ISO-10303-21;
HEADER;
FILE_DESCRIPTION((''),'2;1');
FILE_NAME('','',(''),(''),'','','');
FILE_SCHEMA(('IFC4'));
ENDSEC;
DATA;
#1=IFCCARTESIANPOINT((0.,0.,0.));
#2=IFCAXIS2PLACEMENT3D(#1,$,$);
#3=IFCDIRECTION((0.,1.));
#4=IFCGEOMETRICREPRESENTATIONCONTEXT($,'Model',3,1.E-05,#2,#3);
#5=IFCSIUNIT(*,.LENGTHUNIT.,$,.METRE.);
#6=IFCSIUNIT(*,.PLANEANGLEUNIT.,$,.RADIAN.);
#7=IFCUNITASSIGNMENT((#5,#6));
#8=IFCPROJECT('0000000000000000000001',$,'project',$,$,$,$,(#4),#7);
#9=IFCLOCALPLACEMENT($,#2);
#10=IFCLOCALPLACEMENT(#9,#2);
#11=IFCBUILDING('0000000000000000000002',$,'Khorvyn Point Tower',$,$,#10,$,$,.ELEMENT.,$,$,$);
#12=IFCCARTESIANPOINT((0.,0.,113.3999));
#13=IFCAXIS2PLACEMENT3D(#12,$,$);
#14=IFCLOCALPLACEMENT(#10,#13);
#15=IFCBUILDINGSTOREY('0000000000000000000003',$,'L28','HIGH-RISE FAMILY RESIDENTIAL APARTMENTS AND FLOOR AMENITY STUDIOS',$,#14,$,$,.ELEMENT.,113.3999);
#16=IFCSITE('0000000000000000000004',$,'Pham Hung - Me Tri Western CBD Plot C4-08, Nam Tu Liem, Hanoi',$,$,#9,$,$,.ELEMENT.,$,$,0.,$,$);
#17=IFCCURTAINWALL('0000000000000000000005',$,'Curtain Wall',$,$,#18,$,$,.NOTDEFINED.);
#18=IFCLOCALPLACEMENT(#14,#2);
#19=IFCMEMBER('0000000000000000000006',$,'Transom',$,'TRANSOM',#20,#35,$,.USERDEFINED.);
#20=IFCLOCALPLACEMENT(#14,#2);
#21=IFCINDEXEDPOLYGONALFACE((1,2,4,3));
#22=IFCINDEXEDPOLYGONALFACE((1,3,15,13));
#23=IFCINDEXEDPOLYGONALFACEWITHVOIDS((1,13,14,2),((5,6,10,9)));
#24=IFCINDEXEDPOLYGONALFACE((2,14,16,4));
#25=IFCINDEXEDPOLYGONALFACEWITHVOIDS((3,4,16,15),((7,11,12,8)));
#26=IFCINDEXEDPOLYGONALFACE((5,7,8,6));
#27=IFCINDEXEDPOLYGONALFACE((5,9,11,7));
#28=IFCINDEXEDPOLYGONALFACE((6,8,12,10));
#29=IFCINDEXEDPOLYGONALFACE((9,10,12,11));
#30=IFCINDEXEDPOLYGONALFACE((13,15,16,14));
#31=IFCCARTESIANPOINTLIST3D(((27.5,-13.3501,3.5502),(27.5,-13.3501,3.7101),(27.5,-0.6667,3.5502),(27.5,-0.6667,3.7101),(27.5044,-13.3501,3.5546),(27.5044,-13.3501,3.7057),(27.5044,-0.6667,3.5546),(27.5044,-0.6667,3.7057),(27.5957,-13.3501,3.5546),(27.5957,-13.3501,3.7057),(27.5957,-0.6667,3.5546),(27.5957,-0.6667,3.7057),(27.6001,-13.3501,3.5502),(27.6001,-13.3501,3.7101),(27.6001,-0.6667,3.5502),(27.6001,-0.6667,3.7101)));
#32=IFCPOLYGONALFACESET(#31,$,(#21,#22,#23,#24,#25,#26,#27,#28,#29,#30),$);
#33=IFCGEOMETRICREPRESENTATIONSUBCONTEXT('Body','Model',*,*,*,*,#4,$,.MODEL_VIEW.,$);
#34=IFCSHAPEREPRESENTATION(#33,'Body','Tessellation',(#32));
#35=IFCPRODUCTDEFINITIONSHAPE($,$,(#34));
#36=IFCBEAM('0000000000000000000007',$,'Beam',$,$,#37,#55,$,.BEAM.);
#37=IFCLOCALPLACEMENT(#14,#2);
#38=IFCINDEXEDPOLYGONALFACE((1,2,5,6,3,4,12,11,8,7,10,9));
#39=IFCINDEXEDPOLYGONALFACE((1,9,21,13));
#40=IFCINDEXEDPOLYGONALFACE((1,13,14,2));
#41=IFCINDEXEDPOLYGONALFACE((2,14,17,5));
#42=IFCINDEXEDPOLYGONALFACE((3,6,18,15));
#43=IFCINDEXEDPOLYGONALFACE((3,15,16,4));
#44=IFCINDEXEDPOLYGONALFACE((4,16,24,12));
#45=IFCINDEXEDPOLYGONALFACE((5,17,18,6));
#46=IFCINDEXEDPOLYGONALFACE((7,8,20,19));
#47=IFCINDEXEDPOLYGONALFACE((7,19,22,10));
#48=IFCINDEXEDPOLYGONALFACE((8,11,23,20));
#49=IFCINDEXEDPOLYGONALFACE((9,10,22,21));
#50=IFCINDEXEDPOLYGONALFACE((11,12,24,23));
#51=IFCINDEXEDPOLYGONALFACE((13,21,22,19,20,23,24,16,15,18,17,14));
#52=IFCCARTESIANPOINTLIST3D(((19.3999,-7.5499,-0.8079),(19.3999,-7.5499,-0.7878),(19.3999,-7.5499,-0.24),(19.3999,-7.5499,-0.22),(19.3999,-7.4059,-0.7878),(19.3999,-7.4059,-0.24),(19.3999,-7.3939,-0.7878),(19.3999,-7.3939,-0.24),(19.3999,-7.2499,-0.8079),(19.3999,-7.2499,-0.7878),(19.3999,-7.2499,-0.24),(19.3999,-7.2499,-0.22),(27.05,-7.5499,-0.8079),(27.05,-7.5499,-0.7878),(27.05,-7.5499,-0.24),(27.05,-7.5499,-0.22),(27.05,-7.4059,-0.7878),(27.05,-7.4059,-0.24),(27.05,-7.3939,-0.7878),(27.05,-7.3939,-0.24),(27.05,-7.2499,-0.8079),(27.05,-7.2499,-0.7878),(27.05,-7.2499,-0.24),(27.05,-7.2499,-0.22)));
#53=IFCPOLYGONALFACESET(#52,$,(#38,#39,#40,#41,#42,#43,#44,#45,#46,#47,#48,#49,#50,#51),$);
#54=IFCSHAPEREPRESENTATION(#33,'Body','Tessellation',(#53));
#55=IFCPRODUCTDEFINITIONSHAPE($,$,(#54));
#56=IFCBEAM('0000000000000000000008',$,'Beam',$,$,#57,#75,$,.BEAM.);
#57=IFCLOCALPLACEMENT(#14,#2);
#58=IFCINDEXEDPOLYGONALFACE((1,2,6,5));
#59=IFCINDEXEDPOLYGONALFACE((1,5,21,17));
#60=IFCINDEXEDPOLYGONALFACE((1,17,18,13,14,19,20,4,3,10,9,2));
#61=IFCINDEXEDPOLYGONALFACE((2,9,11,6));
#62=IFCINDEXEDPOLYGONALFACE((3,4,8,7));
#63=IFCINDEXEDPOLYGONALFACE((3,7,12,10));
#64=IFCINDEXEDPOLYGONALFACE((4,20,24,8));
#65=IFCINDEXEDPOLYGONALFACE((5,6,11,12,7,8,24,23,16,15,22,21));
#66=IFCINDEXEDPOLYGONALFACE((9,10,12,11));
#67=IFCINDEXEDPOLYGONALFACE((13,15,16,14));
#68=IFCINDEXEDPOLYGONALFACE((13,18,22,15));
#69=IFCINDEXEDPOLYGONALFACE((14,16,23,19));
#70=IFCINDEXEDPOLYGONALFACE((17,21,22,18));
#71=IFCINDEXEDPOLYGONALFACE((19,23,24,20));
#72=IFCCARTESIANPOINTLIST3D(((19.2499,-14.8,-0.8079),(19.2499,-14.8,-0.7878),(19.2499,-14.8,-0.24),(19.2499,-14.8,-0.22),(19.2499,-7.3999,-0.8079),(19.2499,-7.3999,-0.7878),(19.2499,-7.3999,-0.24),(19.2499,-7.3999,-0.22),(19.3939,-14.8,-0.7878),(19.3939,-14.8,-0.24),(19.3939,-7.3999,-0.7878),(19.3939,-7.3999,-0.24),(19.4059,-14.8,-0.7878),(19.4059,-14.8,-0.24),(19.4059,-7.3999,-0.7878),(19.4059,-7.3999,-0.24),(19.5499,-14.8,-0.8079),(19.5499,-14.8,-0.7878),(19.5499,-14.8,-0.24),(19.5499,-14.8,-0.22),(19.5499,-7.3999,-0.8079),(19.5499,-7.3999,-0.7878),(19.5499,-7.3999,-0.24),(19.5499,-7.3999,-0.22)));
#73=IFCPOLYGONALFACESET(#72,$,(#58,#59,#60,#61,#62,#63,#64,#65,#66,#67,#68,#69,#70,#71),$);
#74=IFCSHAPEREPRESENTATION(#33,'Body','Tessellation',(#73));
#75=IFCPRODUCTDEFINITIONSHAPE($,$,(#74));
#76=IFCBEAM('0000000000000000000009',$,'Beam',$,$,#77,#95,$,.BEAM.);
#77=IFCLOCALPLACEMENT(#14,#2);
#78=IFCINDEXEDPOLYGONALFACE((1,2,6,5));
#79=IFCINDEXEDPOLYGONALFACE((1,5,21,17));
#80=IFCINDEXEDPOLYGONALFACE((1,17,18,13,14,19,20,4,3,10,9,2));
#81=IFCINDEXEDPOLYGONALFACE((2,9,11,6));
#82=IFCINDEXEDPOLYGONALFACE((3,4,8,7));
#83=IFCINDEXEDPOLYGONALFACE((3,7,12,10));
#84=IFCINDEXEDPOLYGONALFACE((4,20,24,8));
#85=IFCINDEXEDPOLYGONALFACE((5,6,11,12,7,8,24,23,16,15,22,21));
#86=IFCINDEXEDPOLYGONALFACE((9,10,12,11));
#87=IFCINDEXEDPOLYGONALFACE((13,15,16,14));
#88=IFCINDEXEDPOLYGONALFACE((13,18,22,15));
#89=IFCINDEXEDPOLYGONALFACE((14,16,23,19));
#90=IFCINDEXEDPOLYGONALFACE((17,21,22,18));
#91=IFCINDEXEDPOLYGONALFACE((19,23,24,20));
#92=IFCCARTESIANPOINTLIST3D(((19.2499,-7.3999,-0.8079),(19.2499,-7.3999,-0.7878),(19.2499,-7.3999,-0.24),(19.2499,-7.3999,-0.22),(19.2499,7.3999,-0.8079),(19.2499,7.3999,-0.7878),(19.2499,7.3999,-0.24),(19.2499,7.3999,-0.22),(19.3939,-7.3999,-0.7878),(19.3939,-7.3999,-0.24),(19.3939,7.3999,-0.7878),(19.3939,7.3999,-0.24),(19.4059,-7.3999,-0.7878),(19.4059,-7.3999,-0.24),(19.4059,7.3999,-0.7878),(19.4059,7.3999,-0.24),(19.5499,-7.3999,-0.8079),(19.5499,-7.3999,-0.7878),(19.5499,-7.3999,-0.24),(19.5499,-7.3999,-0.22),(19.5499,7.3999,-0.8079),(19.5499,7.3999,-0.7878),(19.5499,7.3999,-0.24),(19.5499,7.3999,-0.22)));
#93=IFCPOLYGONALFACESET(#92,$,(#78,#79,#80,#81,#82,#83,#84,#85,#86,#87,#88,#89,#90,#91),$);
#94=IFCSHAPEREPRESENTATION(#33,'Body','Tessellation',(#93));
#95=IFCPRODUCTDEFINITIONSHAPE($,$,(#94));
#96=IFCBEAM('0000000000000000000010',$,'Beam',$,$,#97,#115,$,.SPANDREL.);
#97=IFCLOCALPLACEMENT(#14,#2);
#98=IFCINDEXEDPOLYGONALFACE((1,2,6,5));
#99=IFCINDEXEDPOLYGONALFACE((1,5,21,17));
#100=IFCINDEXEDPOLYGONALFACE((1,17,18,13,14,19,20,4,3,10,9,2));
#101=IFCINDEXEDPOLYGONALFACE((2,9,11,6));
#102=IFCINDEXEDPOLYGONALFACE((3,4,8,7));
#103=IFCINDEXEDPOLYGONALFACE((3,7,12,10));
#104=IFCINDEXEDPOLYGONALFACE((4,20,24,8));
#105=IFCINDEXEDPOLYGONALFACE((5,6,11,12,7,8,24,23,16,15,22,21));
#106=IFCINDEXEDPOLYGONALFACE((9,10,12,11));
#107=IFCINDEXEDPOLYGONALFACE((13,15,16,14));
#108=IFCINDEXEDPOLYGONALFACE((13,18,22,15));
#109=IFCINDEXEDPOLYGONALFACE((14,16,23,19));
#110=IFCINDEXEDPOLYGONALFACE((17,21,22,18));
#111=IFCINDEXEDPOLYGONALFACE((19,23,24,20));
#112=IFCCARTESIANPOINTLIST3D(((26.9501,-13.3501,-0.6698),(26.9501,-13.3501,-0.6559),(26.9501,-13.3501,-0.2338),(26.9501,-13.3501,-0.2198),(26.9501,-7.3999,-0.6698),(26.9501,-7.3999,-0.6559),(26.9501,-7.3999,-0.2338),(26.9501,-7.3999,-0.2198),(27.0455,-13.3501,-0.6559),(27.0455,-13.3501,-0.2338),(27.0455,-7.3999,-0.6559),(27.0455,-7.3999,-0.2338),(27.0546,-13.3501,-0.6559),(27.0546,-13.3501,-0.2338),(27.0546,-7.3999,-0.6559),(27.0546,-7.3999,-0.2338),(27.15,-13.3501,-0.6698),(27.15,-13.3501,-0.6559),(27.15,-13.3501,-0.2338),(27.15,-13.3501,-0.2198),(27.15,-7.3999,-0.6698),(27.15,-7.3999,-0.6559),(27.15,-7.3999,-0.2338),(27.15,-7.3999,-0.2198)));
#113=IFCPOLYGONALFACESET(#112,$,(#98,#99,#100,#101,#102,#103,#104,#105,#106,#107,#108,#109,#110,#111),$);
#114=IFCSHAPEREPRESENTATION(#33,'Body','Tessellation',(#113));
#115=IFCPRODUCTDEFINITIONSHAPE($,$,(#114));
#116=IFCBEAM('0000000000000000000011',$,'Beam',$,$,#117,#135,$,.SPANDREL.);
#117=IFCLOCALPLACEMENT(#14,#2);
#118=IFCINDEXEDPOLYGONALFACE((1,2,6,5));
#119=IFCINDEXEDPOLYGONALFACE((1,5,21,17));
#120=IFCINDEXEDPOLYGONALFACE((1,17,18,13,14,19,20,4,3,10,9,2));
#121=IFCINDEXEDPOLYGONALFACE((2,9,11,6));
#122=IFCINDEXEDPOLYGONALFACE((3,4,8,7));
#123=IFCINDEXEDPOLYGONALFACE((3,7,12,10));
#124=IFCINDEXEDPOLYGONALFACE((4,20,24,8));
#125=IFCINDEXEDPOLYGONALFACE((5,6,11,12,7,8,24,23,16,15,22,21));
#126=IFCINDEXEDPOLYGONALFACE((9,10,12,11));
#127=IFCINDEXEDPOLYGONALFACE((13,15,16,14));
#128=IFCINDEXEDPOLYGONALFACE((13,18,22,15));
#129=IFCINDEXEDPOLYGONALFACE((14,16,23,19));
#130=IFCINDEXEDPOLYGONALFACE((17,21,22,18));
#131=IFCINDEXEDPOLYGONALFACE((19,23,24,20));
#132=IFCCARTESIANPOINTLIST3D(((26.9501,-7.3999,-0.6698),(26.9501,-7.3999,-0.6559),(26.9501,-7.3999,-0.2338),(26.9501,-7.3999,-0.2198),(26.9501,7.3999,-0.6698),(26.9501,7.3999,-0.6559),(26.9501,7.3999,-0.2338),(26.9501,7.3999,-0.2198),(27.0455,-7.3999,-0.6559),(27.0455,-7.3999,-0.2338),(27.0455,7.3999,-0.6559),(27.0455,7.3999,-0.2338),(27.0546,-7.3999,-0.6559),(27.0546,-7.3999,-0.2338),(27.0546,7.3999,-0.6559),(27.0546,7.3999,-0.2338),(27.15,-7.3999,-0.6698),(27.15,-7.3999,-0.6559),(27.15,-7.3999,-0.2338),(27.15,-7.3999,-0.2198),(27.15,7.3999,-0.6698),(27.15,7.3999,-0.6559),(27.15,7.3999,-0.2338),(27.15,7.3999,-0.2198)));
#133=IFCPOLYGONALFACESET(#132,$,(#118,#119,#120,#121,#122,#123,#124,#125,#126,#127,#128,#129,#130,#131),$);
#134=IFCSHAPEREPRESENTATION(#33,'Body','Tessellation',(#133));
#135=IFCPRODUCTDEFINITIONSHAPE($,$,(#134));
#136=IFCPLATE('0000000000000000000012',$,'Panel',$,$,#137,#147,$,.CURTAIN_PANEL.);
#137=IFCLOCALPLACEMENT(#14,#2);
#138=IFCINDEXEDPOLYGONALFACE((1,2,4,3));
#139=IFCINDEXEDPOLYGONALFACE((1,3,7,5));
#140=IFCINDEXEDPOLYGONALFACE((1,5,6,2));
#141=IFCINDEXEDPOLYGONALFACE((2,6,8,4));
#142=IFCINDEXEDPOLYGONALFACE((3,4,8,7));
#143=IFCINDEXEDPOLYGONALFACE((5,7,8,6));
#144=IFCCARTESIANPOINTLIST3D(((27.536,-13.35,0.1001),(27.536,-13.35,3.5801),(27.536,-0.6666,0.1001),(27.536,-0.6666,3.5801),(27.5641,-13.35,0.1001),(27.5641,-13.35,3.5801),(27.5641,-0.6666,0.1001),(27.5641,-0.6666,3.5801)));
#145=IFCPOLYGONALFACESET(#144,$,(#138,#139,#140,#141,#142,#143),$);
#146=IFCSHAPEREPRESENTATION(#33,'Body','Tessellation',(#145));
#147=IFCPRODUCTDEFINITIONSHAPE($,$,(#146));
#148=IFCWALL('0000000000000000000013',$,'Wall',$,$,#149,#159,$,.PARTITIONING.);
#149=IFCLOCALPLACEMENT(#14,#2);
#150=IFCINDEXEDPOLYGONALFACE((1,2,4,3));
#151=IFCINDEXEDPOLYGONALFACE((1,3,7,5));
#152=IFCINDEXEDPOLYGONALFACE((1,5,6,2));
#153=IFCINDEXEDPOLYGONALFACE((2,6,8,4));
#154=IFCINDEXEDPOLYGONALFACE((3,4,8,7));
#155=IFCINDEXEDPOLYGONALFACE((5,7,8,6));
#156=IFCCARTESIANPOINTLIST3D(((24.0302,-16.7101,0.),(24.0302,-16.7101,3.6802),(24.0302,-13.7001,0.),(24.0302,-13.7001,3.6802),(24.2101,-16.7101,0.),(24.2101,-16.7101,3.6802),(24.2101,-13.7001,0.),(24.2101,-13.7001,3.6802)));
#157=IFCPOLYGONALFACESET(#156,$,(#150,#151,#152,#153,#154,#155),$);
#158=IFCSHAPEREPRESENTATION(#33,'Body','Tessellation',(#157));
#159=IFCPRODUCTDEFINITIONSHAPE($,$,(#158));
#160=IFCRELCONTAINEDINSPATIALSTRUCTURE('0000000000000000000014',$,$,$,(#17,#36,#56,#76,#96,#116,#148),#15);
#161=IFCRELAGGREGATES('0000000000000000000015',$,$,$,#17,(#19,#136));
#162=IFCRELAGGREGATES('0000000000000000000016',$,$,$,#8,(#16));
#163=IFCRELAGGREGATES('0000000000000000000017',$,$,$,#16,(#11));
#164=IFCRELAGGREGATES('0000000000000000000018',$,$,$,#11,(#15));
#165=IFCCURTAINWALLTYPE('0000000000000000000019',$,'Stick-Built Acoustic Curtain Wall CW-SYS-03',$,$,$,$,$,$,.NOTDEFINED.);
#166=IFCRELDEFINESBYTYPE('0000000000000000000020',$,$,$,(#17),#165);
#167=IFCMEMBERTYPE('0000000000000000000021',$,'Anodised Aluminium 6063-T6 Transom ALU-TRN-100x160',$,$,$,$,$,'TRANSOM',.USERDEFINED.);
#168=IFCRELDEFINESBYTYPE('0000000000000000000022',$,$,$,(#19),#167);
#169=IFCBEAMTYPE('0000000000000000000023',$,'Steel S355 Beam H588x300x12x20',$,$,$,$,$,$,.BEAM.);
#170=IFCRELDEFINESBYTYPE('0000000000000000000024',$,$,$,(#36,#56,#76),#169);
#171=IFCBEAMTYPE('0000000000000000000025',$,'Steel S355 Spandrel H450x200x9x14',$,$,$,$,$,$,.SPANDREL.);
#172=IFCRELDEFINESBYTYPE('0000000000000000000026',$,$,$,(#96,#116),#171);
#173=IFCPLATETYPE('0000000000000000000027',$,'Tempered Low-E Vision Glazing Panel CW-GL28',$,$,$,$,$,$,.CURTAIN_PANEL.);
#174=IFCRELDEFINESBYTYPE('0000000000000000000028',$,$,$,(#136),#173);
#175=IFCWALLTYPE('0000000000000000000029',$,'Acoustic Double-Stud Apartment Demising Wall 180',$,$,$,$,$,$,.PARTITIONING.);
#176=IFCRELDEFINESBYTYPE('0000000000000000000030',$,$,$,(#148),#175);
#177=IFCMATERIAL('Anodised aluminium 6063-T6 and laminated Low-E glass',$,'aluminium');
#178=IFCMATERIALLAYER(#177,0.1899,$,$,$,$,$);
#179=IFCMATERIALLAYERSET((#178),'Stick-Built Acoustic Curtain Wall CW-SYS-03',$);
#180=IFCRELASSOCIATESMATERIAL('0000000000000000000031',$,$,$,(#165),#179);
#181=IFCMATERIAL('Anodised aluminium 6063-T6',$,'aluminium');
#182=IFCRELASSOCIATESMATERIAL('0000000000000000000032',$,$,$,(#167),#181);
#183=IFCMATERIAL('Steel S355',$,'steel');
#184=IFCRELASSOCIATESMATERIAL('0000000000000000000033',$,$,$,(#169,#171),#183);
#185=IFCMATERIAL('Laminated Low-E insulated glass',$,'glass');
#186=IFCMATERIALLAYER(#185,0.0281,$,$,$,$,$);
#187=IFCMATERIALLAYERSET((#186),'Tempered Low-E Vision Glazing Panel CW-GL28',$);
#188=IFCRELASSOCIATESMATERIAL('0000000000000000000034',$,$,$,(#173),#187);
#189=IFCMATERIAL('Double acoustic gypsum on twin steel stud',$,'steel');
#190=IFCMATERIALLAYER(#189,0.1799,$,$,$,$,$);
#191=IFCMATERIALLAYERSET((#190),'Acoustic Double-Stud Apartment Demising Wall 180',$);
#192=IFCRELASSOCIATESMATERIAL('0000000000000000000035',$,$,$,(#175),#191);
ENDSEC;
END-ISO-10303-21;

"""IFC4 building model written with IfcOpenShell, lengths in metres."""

from ifc_helpers import new_model, si_unit, direction, frame, frame_2d, origin, origin_2d, place, context, subcontext, project, spatial, rectangle, hollow_rectangle, i_section, extrude, material, layer, layer_set, material_profile, profile_set, type_object, element, aggregate, save


model = new_model("IFC4")

# Units and contexts
model_context = context("Model", 3, precision=1e-05, world=origin(), true_north=direction((0.0, 1.0)))
body_context = subcontext(model_context, "Body", "Model", "MODEL_VIEW")
ifc_project = project(units=[si_unit("LENGTHUNIT", "METRE"), si_unit("PLANEANGLEUNIT", "RADIAN")], contexts=[model_context])

# Site, building, storey
site_placement = place(None, origin())
site = spatial("IfcSite", under=ifc_project, at=site_placement, Name="Pham Hung - Me Tri Western CBD Plot C4-08, Nam Tu Liem, Hanoi", CompositionType="ELEMENT", RefElevation=0.0)
building_placement = place(site_placement, origin())
building = spatial("IfcBuilding", under=site, at=building_placement, Name="Khorvyn Point Tower", CompositionType="ELEMENT")
storey_placement = place(building_placement, frame((0.0, 0.0, 113.3999)))
storey = spatial("IfcBuildingStorey", under=building, at=storey_placement, Name="L28", Description="HIGH-RISE FAMILY RESIDENTIAL APARTMENTS AND FLOOR AMENITY STUDIOS", CompositionType="ELEMENT", Elevation=113.3999)

# Shared definitions
ifc_material_1 = material(Name="Anodised aluminium 6063-T6 and laminated Low-E glass", Category="aluminium")
ifc_layer_1 = layer(ifc_material_1, 0.1899)
ifc_layer_set_1 = layer_set([ifc_layer_1], Name="Stick-Built Acoustic Curtain Wall CW-SYS-03")
curtain_wall_type = type_object("IfcCurtainWallType", Name="Stick-Built Acoustic Curtain Wall CW-SYS-03", PredefinedType="NOTDEFINED", material=ifc_layer_set_1)
ifc_material_2 = material(Name="Anodised aluminium 6063-T6", Category="aluminium")

# Curtain wall
curtain_wall_1_placement = place(storey_placement, origin())
curtain_wall_1 = element("IfcCurtainWall", 1, at=curtain_wall_1_placement, inside=storey, type_object=curtain_wall_type, Name="Curtain Wall", PredefinedType="NOTDEFINED")

# Member
ifc_material_profile_1 = material_profile(ifc_material_2, hollow_rectangle(XDim=0.1001, YDim=0.1599, WallThickness=0.0044, at=origin_2d()))
ifc_profile_set_1 = profile_set([ifc_material_profile_1], Name="Anodised aluminium 6063-T6 ALU-TRN-100x160")
member_type_1 = type_object("IfcMemberType", Name="Anodised Aluminium 6063-T6 Transom ALU-TRN-100x160", ElementType="TRANSOM", PredefinedType="USERDEFINED", material=ifc_profile_set_1)
member_1_placement = place(storey_placement, frame((27.55, -0.6667, 3.6301), z_axis=(0.0, -1.0, 0.0), x_axis=(1.0, 0.0, 0.0)))
member_1 = element("IfcMember", 2, at=member_1_placement, type_object=member_type_1, Name="Transom", ObjectType="TRANSOM", PredefinedType="USERDEFINED", context=body_context, shape_type="SweptSolid", body=[
    extrude(hollow_rectangle(XDim=0.1001, YDim=0.1599, WallThickness=0.0044, at=origin_2d()), origin(), (0.0, 0.0, 1.0), 12.6833),
])

# Beams
ifc_material_3 = material(Name="Steel S355", Category="steel")
ifc_material_profile_2 = material_profile(ifc_material_3, i_section(OverallWidth=0.3, OverallDepth=0.5879, WebThickness=0.012, FlangeThickness=0.02, at=origin_2d()))
ifc_profile_set_2 = profile_set([ifc_material_profile_2], Name="Steel S355 H588x300x12x20")
beam_type_1 = type_object("IfcBeamType", Name="Steel S355 Beam H588x300x12x20", PredefinedType="BEAM", material=ifc_profile_set_2)
beam_1_placement = place(storey_placement, frame((19.3999, -7.3999, -0.5139), z_axis=(1.0, 0.0, 0.0), x_axis=(0.0, 1.0, 0.0)))
element("IfcBeam", 3, at=beam_1_placement, inside=storey, type_object=beam_type_1, Name="Beam", PredefinedType="BEAM", context=body_context, shape_type="SweptSolid", body=[
    extrude(i_section(OverallWidth=0.3, OverallDepth=0.5879, WebThickness=0.012, FlangeThickness=0.02, at=origin_2d()), origin(), (0.0, 0.0, 1.0), 7.6501),
])
beam_2_placement = place(storey_placement, frame((19.3999, -14.8, -0.5139), z_axis=(0.0, 1.0, 0.0), x_axis=(-1.0, 0.0, 0.0)))
element("IfcBeam", 4, at=beam_2_placement, inside=storey, type_object=beam_type_1, Name="Beam", PredefinedType="BEAM", context=body_context, shape_type="SweptSolid", body=[
    extrude(i_section(OverallWidth=0.3, OverallDepth=0.5879, WebThickness=0.012, FlangeThickness=0.02, at=origin_2d()), origin(), (0.0, 0.0, 1.0), 7.4001),
])
beam_3_placement = place(storey_placement, frame((19.3999, -7.3999, -0.5139), z_axis=(0.0, 1.0, 0.0), x_axis=(-1.0, 0.0, 0.0)))
element("IfcBeam", 5, at=beam_3_placement, inside=storey, type_object=beam_type_1, Name="Beam", PredefinedType="BEAM", context=body_context, shape_type="SweptSolid", body=[
    extrude(i_section(OverallWidth=0.3, OverallDepth=0.5879, WebThickness=0.012, FlangeThickness=0.02, at=origin_2d()), origin(), (0.0, 0.0, 1.0), 14.7998),
])
ifc_material_profile_3 = material_profile(ifc_material_3, i_section(OverallWidth=0.2, OverallDepth=0.45, WebThickness=0.009, FlangeThickness=0.0139, at=origin_2d()))
ifc_profile_set_3 = profile_set([ifc_material_profile_3], Name="Steel S355 H450x200x9x14")
beam_type_2 = type_object("IfcBeamType", Name="Steel S355 Spandrel H450x200x9x14", PredefinedType="SPANDREL", material=ifc_profile_set_3)
beam_4_placement = place(storey_placement, frame((27.05, -13.3501, -0.4448), z_axis=(0.0, 1.0, 0.0), x_axis=(-1.0, 0.0, 0.0)))
element("IfcBeam", 6, at=beam_4_placement, inside=storey, type_object=beam_type_2, Name="Beam", PredefinedType="SPANDREL", context=body_context, shape_type="SweptSolid", body=[
    extrude(i_section(OverallWidth=0.2, OverallDepth=0.45, WebThickness=0.009, FlangeThickness=0.0139, at=origin_2d()), origin(), (0.0, 0.0, 1.0), 5.9502),
])
beam_5_placement = place(storey_placement, frame((27.05, -7.3999, -0.4448), z_axis=(0.0, 1.0, 0.0), x_axis=(-1.0, 0.0, 0.0)))
element("IfcBeam", 7, at=beam_5_placement, inside=storey, type_object=beam_type_2, Name="Beam", PredefinedType="SPANDREL", context=body_context, shape_type="SweptSolid", body=[
    extrude(i_section(OverallWidth=0.2, OverallDepth=0.45, WebThickness=0.009, FlangeThickness=0.0139, at=origin_2d()), origin(), (0.0, 0.0, 1.0), 14.7998),
])

# Plate
ifc_material_4 = material(Name="Laminated Low-E insulated glass", Category="glass")
ifc_layer_2 = layer(ifc_material_4, 0.0281)
ifc_layer_set_2 = layer_set([ifc_layer_2], Name="Tempered Low-E Vision Glazing Panel CW-GL28")
plate_type = type_object("IfcPlateType", Name="Tempered Low-E Vision Glazing Panel CW-GL28", PredefinedType="CURTAIN_PANEL", material=ifc_layer_set_2)
plate_placement = place(storey_placement, frame((27.55, -7.0083, 0.1001), z_axis=(0.0, 0.0, 1.0), x_axis=(0.0, -1.0, 0.0)))
plate = element("IfcPlate", 8, at=plate_placement, type_object=plate_type, Name="Panel", PredefinedType="CURTAIN_PANEL", context=body_context, shape_type="SweptSolid", body=[
    extrude(rectangle(XDim=12.6833, YDim=0.0281, at=origin_2d()), origin(), (0.0, 0.0, 1.0), 3.48),
])
aggregate(curtain_wall_1, [member_1, plate])

# Wall
ifc_material_5 = material(Name="Double acoustic gypsum on twin steel stud", Category="steel")
ifc_layer_3 = layer(ifc_material_5, 0.1799)
ifc_layer_set_3 = layer_set([ifc_layer_3], Name="Acoustic Double-Stud Apartment Demising Wall 180")
wall_type_1 = type_object("IfcWallType", Name="Acoustic Double-Stud Apartment Demising Wall 180", PredefinedType="PARTITIONING", material=ifc_layer_set_3)
wall_1_placement = place(storey_placement, frame((24.1201, -16.71, 0.0), z_axis=(0.0, 0.0, 1.0), x_axis=(0.0, 1.0, 0.0)))
element("IfcWall", 9, at=wall_1_placement, inside=storey, type_object=wall_type_1, Name="Wall", PredefinedType="PARTITIONING", context=body_context, shape_type="SweptSolid", body=[
    extrude(rectangle(XDim=3.01, YDim=0.1799, at=frame_2d((1.5049, 0.0))), origin(), (0.0, 0.0, 1.0), 3.6802),
])

save(model, "model.ifc")
